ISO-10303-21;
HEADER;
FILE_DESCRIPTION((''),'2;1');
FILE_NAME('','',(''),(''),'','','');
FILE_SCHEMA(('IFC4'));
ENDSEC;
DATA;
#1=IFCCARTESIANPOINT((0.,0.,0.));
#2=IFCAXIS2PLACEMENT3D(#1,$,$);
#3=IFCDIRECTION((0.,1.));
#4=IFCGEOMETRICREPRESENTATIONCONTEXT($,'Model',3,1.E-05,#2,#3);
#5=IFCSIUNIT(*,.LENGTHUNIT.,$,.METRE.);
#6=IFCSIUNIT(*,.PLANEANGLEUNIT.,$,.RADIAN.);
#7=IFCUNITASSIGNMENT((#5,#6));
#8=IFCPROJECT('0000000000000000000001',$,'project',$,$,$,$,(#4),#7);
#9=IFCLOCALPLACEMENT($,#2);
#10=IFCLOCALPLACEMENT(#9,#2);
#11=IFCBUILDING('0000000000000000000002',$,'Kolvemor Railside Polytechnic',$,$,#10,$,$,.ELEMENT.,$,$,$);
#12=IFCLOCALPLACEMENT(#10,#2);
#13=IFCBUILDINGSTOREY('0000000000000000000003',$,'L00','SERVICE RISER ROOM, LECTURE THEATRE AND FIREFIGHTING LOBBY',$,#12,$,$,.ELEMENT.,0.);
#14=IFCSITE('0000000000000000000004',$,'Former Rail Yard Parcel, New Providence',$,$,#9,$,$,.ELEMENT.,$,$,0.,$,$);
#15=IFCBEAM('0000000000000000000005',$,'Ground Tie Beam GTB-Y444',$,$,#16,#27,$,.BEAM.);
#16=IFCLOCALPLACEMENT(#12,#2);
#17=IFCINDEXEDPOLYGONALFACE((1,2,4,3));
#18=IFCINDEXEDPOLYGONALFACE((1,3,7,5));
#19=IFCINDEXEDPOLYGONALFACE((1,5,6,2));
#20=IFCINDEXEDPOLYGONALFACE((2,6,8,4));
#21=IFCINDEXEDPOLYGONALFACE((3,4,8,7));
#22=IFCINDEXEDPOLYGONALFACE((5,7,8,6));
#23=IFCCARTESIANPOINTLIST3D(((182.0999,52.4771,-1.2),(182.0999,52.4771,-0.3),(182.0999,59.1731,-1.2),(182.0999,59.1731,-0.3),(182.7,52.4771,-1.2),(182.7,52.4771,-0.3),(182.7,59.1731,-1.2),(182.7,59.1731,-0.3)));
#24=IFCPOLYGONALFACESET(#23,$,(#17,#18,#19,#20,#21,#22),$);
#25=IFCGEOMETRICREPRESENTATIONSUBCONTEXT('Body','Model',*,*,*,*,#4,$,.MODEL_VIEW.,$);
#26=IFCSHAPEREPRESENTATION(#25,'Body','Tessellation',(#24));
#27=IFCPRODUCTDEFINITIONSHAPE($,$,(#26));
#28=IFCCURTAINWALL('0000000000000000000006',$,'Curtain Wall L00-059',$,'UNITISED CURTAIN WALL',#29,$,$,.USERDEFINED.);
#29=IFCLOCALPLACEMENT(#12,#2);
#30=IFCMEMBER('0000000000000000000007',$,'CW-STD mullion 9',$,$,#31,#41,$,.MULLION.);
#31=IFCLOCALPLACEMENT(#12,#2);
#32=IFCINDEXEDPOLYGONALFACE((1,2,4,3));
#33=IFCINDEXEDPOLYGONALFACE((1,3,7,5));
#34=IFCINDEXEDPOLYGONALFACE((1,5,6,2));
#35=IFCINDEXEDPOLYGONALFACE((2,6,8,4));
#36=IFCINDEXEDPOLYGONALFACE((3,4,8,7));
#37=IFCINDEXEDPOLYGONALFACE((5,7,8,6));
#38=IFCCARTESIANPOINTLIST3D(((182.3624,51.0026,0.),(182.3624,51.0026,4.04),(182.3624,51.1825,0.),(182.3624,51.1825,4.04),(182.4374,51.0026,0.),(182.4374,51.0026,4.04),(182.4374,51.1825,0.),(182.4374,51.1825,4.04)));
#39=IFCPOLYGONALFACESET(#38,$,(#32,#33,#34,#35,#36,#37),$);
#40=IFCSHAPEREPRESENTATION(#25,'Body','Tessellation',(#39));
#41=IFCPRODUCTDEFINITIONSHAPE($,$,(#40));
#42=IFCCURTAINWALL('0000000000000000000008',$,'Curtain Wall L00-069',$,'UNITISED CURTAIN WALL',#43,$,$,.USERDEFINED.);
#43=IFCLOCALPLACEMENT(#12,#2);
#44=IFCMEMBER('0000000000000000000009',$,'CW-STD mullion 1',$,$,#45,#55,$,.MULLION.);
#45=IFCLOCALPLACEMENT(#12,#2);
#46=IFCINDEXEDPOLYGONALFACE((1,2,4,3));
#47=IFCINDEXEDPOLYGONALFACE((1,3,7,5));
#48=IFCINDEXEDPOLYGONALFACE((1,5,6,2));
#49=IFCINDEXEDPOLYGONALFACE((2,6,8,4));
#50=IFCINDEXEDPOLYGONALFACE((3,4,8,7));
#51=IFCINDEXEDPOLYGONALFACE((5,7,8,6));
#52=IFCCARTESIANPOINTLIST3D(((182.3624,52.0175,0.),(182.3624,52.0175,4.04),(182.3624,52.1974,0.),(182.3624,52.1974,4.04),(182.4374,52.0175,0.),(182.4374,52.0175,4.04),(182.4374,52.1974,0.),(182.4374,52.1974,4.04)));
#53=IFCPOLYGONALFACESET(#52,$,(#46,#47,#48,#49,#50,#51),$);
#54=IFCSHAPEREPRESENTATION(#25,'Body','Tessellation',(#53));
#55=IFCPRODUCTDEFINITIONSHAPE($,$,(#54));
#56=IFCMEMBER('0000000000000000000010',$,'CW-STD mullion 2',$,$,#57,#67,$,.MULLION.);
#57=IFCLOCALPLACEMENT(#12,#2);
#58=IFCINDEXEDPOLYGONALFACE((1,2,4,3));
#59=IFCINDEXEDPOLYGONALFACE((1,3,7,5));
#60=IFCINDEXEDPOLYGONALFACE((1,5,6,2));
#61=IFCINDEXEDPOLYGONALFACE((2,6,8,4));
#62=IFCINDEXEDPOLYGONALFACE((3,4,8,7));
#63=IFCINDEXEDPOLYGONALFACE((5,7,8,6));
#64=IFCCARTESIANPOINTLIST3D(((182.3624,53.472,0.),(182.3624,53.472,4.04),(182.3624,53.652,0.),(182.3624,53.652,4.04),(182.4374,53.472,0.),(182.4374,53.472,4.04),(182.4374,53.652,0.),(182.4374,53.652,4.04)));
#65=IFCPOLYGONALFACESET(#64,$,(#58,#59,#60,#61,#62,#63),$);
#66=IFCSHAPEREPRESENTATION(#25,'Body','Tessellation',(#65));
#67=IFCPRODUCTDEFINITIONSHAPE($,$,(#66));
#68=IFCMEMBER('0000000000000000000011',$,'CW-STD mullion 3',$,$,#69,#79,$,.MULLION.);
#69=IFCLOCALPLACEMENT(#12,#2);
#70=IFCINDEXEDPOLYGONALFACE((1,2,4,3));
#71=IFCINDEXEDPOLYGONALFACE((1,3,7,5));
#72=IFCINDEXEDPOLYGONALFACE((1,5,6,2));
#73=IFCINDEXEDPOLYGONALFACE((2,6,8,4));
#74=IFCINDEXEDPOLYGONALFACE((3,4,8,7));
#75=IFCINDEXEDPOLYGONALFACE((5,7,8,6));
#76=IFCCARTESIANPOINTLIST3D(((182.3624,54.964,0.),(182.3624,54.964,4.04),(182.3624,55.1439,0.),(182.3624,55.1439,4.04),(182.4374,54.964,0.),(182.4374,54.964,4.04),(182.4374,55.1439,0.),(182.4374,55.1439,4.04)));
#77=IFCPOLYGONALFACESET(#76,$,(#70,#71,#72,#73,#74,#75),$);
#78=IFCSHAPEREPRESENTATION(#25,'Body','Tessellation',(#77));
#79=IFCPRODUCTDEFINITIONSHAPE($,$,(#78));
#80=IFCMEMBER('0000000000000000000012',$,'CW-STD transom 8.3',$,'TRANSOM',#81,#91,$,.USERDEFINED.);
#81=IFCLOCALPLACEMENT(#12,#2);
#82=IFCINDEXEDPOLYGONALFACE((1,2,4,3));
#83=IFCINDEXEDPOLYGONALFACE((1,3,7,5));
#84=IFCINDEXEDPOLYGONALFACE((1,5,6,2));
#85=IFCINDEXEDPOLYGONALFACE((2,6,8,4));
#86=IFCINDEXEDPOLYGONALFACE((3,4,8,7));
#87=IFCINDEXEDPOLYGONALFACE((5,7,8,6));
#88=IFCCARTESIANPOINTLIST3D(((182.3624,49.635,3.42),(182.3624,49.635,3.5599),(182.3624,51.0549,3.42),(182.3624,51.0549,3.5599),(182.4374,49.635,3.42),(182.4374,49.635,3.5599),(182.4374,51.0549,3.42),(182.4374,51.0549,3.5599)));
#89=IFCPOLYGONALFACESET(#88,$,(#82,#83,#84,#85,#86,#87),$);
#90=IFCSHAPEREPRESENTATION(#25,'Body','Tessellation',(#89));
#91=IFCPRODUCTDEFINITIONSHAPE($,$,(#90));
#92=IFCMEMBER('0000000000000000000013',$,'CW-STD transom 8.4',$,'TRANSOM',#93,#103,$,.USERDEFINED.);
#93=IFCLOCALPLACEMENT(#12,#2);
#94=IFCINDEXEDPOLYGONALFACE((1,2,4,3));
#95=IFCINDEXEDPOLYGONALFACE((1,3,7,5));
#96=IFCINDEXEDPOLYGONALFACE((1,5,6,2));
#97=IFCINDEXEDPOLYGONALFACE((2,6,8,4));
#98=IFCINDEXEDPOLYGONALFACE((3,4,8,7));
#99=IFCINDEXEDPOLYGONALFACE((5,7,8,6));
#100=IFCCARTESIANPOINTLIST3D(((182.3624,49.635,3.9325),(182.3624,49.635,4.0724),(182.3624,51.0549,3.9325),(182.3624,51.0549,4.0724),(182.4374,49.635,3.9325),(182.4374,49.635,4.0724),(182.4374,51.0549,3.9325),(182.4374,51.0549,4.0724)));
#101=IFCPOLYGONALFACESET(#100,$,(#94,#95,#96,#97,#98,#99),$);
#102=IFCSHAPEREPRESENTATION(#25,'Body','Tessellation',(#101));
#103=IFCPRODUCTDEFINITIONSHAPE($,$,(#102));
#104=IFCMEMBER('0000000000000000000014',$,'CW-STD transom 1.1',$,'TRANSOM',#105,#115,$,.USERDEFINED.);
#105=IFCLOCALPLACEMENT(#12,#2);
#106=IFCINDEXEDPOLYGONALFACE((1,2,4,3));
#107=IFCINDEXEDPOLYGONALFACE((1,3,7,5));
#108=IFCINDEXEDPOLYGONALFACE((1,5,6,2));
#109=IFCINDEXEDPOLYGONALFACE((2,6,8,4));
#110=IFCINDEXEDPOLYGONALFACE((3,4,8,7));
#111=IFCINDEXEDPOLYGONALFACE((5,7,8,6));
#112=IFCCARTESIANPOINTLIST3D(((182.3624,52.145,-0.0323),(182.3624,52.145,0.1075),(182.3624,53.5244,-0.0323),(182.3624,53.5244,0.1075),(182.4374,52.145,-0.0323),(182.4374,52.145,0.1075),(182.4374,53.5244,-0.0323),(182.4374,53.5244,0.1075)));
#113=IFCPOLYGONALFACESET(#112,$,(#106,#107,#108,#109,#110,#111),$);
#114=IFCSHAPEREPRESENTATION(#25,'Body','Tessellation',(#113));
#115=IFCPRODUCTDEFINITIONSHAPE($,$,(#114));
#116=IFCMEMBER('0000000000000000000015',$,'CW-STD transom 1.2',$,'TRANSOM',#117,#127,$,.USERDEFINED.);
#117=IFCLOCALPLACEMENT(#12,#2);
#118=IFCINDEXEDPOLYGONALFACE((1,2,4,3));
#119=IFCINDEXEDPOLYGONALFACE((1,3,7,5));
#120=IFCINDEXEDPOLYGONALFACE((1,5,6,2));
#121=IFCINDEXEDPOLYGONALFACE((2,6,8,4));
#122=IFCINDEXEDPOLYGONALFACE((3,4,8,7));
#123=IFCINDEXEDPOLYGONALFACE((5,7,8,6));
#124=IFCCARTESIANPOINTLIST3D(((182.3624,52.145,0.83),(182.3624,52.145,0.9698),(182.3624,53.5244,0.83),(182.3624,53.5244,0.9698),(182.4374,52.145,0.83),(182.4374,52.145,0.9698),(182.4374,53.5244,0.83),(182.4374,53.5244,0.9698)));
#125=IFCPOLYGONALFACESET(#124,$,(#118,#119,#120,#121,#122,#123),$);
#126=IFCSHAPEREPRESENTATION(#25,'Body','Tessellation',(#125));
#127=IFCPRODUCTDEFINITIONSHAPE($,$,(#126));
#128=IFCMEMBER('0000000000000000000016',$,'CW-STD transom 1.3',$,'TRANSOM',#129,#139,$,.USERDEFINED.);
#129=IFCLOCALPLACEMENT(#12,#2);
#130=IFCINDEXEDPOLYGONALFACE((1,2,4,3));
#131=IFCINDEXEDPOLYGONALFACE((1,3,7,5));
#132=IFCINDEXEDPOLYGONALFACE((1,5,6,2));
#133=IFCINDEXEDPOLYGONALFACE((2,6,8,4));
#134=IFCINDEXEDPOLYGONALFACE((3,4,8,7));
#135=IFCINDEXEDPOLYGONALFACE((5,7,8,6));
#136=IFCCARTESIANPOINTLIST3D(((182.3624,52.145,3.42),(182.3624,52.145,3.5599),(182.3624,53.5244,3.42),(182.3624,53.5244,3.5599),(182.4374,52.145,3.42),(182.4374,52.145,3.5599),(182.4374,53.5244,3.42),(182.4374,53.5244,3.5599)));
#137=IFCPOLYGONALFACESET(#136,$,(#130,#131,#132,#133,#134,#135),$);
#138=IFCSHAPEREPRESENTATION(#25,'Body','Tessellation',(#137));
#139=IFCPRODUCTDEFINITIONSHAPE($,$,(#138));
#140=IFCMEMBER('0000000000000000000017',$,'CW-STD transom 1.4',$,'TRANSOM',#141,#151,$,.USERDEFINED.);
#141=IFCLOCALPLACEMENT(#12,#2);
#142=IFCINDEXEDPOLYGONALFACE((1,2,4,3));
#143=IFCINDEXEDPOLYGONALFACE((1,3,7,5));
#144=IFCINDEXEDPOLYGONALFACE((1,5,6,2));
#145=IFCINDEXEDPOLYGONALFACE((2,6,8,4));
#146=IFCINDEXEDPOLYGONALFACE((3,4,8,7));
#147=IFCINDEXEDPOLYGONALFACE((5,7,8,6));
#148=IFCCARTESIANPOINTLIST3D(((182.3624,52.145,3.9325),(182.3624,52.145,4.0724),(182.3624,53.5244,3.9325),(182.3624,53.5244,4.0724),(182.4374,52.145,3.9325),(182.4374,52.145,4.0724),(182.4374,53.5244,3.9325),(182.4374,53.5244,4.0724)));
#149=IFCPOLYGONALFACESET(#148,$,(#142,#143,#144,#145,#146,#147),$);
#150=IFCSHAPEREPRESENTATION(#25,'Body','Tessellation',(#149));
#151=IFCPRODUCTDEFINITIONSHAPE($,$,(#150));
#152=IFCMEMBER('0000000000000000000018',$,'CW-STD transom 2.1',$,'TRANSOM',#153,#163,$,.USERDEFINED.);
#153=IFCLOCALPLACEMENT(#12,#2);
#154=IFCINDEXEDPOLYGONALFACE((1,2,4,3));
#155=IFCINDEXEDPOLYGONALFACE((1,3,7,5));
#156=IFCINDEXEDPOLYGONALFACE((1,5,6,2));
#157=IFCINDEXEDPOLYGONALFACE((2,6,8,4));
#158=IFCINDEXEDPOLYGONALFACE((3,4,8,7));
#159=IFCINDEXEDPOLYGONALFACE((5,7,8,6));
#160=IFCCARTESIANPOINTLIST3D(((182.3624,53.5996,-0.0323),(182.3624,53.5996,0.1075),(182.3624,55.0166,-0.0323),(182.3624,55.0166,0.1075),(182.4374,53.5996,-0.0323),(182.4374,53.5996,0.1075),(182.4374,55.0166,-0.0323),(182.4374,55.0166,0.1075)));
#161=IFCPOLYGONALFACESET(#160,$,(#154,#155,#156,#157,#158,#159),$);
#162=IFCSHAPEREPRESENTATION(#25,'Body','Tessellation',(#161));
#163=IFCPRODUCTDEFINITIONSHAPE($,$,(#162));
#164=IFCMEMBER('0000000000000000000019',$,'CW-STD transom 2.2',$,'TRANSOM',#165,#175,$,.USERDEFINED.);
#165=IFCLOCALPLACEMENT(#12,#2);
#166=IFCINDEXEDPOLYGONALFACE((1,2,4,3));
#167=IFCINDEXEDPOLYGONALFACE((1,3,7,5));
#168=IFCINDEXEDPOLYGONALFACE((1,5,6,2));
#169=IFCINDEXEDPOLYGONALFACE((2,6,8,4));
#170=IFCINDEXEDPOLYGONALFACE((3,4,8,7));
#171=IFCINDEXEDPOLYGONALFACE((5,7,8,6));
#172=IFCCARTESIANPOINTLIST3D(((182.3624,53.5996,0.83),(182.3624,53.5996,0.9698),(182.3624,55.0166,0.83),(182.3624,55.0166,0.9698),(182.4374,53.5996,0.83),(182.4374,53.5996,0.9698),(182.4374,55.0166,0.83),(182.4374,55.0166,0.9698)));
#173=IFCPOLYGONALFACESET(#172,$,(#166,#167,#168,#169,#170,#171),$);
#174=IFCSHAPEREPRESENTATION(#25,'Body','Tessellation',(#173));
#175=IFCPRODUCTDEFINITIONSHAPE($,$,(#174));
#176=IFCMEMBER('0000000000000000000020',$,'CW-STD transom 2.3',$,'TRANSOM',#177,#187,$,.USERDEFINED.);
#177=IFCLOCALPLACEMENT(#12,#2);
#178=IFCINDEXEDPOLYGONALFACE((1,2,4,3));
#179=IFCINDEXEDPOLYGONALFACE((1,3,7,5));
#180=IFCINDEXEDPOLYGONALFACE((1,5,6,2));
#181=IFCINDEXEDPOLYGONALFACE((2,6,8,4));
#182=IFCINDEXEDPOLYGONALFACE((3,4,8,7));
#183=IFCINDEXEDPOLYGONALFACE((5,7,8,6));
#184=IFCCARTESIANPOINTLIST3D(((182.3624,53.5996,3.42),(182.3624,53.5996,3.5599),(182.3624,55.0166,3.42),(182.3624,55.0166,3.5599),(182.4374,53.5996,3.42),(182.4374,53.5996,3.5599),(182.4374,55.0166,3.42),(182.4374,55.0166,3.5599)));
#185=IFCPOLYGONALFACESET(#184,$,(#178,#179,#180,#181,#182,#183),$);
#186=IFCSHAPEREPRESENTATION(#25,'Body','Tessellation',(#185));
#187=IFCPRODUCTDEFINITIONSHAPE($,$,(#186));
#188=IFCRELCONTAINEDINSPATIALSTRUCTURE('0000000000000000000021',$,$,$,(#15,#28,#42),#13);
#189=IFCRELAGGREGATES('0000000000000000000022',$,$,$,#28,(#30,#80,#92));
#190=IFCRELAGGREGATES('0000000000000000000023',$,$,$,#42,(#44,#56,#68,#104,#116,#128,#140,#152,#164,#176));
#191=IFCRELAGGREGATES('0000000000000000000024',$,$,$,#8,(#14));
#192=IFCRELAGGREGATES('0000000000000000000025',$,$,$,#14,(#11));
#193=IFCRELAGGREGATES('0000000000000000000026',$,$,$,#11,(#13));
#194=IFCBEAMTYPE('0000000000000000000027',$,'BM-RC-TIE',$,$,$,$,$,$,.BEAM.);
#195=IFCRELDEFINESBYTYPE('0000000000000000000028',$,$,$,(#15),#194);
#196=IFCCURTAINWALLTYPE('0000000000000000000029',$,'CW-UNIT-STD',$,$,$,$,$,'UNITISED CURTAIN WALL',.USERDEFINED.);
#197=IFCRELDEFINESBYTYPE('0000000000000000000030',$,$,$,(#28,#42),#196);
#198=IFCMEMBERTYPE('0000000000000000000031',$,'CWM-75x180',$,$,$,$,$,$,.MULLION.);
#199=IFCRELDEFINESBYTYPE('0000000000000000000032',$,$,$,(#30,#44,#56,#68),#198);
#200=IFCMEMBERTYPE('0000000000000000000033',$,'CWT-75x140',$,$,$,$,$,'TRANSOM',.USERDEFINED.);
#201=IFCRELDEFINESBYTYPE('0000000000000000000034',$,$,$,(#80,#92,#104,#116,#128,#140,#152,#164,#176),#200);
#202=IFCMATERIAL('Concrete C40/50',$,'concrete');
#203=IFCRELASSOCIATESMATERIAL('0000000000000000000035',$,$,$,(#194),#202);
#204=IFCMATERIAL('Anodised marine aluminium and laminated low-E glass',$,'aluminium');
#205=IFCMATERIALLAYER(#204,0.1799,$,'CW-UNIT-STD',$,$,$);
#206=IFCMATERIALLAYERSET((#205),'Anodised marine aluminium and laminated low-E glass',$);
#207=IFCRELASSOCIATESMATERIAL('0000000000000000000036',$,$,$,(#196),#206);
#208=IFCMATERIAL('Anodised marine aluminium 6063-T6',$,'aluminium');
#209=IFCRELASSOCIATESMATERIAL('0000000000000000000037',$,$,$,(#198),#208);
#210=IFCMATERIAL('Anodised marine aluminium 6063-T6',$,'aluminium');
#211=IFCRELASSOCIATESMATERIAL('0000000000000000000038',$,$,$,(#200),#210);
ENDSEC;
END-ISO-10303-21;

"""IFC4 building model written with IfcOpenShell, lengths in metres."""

from ifc_helpers import new_model, si_unit, direction, frame, origin, origin_2d, place, context, subcontext, project, spatial, rectangle, extrude, material, layer, layer_set, material_profile, profile_set, type_object, element, aggregate, save


model = new_model("IFC4")

# Units and contexts
model_context = context("Model", 3, precision=1e-05, world=origin(), true_north=direction((0.0, 1.0)))
body_context = subcontext(model_context, "Body", "Model", "MODEL_VIEW")
ifc_project = project(units=[si_unit("LENGTHUNIT", "METRE"), si_unit("PLANEANGLEUNIT", "RADIAN")], contexts=[model_context])

# Site, building, storey
site_placement = place(None, origin())
site = spatial("IfcSite", under=ifc_project, at=site_placement, Name="Former Rail Yard Parcel, New Providence", CompositionType="ELEMENT", RefElevation=0.0)
building_placement = place(site_placement, origin())
building = spatial("IfcBuilding", under=site, at=building_placement, Name="Kolvemor Railside Polytechnic", CompositionType="ELEMENT")
storey_placement = place(building_placement, origin())
storey = spatial("IfcBuildingStorey", under=building, at=storey_placement, Name="L00", Description="SERVICE RISER ROOM, LECTURE THEATRE AND FIREFIGHTING LOBBY", CompositionType="ELEMENT", Elevation=0.0)

# Beam
ifc_material_1 = material(Name="Concrete C40/50", Category="concrete")
ifc_material_profile_1 = material_profile(ifc_material_1, rectangle(XDim=0.6001, YDim=0.8999, at=origin_2d()), Name="RC600x900")
ifc_profile_set_1 = profile_set([ifc_material_profile_1], Name="Concrete C40/50")
beam_type_1 = type_object("IfcBeamType", Name="BM-RC-TIE", PredefinedType="BEAM", material=ifc_profile_set_1)
beam_1_placement = place(storey_placement, frame((182.3999, 52.4771, -0.75), z_axis=(0.0, 1.0, 0.0), x_axis=(-1.0, 0.0, 0.0)))
element("IfcBeam", 1, at=beam_1_placement, inside=storey, type_object=beam_type_1, Name="Ground Tie Beam GTB-Y444", PredefinedType="BEAM", context=body_context, shape_type="SweptSolid", body=[
    extrude(rectangle(XDim=0.6001, YDim=0.8999, at=origin_2d()), origin(), (0.0, 0.0, 1.0), 6.696),
])

# Curtain wall, member
ifc_material_2 = material(Name="Anodised marine aluminium and laminated low-E glass", Category="aluminium")
ifc_layer_1 = layer(ifc_material_2, 0.1799, Name="CW-UNIT-STD")
ifc_layer_set_1 = layer_set([ifc_layer_1], Name="Anodised marine aluminium and laminated low-E glass")
curtain_wall_type = type_object("IfcCurtainWallType", Name="CW-UNIT-STD", ElementType="UNITISED CURTAIN WALL", PredefinedType="USERDEFINED", material=ifc_layer_set_1)
curtain_wall_1_placement = place(storey_placement, origin())
curtain_wall_1 = element("IfcCurtainWall", 2, at=curtain_wall_1_placement, inside=storey, type_object=curtain_wall_type, Name="Curtain Wall L00-059", ObjectType="UNITISED CURTAIN WALL", PredefinedType="USERDEFINED")
ifc_material_3 = material(Name="Anodised marine aluminium 6063-T6", Category="aluminium")
ifc_material_profile_2 = material_profile(ifc_material_3, rectangle(XDim=0.075, YDim=0.1799, at=origin_2d()), Name="CW-MUL-75x180")
ifc_profile_set_2 = profile_set([ifc_material_profile_2], Name="Anodised marine aluminium 6063-T6")
member_type_1 = type_object("IfcMemberType", Name="CWM-75x180", PredefinedType="MULLION", material=ifc_profile_set_2)
member_1_placement = place(storey_placement, frame((182.3999, 51.0925, 0.0), z_axis=(0.0, 0.0, 1.0), x_axis=(-1.0, 0.0, 0.0)))
member_1 = element("IfcMember", 3, at=member_1_placement, type_object=member_type_1, Name="CW-STD mullion 9", PredefinedType="MULLION", context=body_context, shape_type="SweptSolid", body=[
    extrude(rectangle(XDim=0.075, YDim=0.1799, at=origin_2d()), origin(), (0.0, 0.0, 1.0), 4.04),
])

# Curtain wall, members
curtain_wall_2_placement = place(storey_placement, origin())
curtain_wall_2 = element("IfcCurtainWall", 4, at=curtain_wall_2_placement, inside=storey, type_object=curtain_wall_type, Name="Curtain Wall L00-069", ObjectType="UNITISED CURTAIN WALL", PredefinedType="USERDEFINED")
member_2_placement = place(storey_placement, frame((182.3999, 52.1074, 0.0), z_axis=(0.0, 0.0, 1.0), x_axis=(-1.0, 0.0, 0.0)))
member_2 = element("IfcMember", 5, at=member_2_placement, type_object=member_type_1, Name="CW-STD mullion 1", PredefinedType="MULLION", context=body_context, shape_type="SweptSolid", body=[
    extrude(rectangle(XDim=0.075, YDim=0.1799, at=origin_2d()), origin(), (0.0, 0.0, 1.0), 4.04),
])
member_3_placement = place(storey_placement, frame((182.3999, 53.562, 0.0), z_axis=(0.0, 0.0, 1.0), x_axis=(-1.0, 0.0, 0.0)))
member_3 = element("IfcMember", 6, at=member_3_placement, type_object=member_type_1, Name="CW-STD mullion 2", PredefinedType="MULLION", context=body_context, shape_type="SweptSolid", body=[
    extrude(rectangle(XDim=0.075, YDim=0.1799, at=origin_2d()), origin(), (0.0, 0.0, 1.0), 4.04),
])
member_4_placement = place(storey_placement, frame((182.3999, 55.054, 0.0), z_axis=(0.0, 0.0, 1.0), x_axis=(-1.0, 0.0, 0.0)))
member_4 = element("IfcMember", 7, at=member_4_placement, type_object=member_type_1, Name="CW-STD mullion 3", PredefinedType="MULLION", context=body_context, shape_type="SweptSolid", body=[
    extrude(rectangle(XDim=0.075, YDim=0.1799, at=origin_2d()), origin(), (0.0, 0.0, 1.0), 4.04),
])

# Members
ifc_material_4 = material(Name="Anodised marine aluminium 6063-T6", Category="aluminium")
ifc_material_profile_3 = material_profile(ifc_material_4, rectangle(XDim=0.075, YDim=0.1399, at=origin_2d()), Name="CW-TRN-75x140")
ifc_profile_set_3 = profile_set([ifc_material_profile_3], Name="Anodised marine aluminium 6063-T6")
member_type_2 = type_object("IfcMemberType", Name="CWT-75x140", ElementType="TRANSOM", PredefinedType="USERDEFINED", material=ifc_profile_set_3)
member_5_placement = place(storey_placement, frame((182.3999, 49.635, 3.49), z_axis=(0.0, 1.0, 0.0), x_axis=(-1.0, 0.0, 0.0)))
member_5 = element("IfcMember", 8, at=member_5_placement, type_object=member_type_2, Name="CW-STD transom 8.3", ObjectType="TRANSOM", PredefinedType="USERDEFINED", context=body_context, shape_type="SweptSolid", body=[
    extrude(rectangle(XDim=0.075, YDim=0.1399, at=origin_2d()), origin(), (0.0, 0.0, 1.0), 1.4199),
])
member_6_placement = place(storey_placement, frame((182.3999, 49.635, 4.0024), z_axis=(0.0, 1.0, 0.0), x_axis=(-1.0, 0.0, 0.0)))
member_6 = element("IfcMember", 9, at=member_6_placement, type_object=member_type_2, Name="CW-STD transom 8.4", ObjectType="TRANSOM", PredefinedType="USERDEFINED", context=body_context, shape_type="SweptSolid", body=[
    extrude(rectangle(XDim=0.075, YDim=0.1399, at=origin_2d()), origin(), (0.0, 0.0, 1.0), 1.4199),
])
member_7_placement = place(storey_placement, frame((182.3999, 52.145, 0.0376), z_axis=(0.0, 1.0, 0.0), x_axis=(-1.0, 0.0, 0.0)))
member_7 = element("IfcMember", 10, at=member_7_placement, type_object=member_type_2, Name="CW-STD transom 1.1", ObjectType="TRANSOM", PredefinedType="USERDEFINED", context=body_context, shape_type="SweptSolid", body=[
    extrude(rectangle(XDim=0.075, YDim=0.1399, at=origin_2d()), origin(), (0.0, 0.0, 1.0), 1.3794),
])
member_8_placement = place(storey_placement, frame((182.3999, 52.145, 0.8999), z_axis=(0.0, 1.0, 0.0), x_axis=(-1.0, 0.0, 0.0)))
member_8 = element("IfcMember", 11, at=member_8_placement, type_object=member_type_2, Name="CW-STD transom 1.2", ObjectType="TRANSOM", PredefinedType="USERDEFINED", context=body_context, shape_type="SweptSolid", body=[
    extrude(rectangle(XDim=0.075, YDim=0.1399, at=origin_2d()), origin(), (0.0, 0.0, 1.0), 1.3794),
])
member_9_placement = place(storey_placement, frame((182.3999, 52.145, 3.49), z_axis=(0.0, 1.0, 0.0), x_axis=(-1.0, 0.0, 0.0)))
member_9 = element("IfcMember", 12, at=member_9_placement, type_object=member_type_2, Name="CW-STD transom 1.3", ObjectType="TRANSOM", PredefinedType="USERDEFINED", context=body_context, shape_type="SweptSolid", body=[
    extrude(rectangle(XDim=0.075, YDim=0.1399, at=origin_2d()), origin(), (0.0, 0.0, 1.0), 1.3794),
])
member_10_placement = place(storey_placement, frame((182.3999, 52.145, 4.0024), z_axis=(0.0, 1.0, 0.0), x_axis=(-1.0, 0.0, 0.0)))
member_10 = element("IfcMember", 13, at=member_10_placement, type_object=member_type_2, Name="CW-STD transom 1.4", ObjectType="TRANSOM", PredefinedType="USERDEFINED", context=body_context, shape_type="SweptSolid", body=[
    extrude(rectangle(XDim=0.075, YDim=0.1399, at=origin_2d()), origin(), (0.0, 0.0, 1.0), 1.3794),
])
member_11_placement = place(storey_placement, frame((182.3999, 53.5996, 0.0376), z_axis=(0.0, 1.0, 0.0), x_axis=(-1.0, 0.0, 0.0)))
member_11 = element("IfcMember", 14, at=member_11_placement, type_object=member_type_2, Name="CW-STD transom 2.1", ObjectType="TRANSOM", PredefinedType="USERDEFINED", context=body_context, shape_type="SweptSolid", body=[
    extrude(rectangle(XDim=0.075, YDim=0.1399, at=origin_2d()), origin(), (0.0, 0.0, 1.0), 1.417),
])
member_12_placement = place(storey_placement, frame((182.3999, 53.5996, 0.8999), z_axis=(0.0, 1.0, 0.0), x_axis=(-1.0, 0.0, 0.0)))
member_12 = element("IfcMember", 15, at=member_12_placement, type_object=member_type_2, Name="CW-STD transom 2.2", ObjectType="TRANSOM", PredefinedType="USERDEFINED", context=body_context, shape_type="SweptSolid", body=[
    extrude(rectangle(XDim=0.075, YDim=0.1399, at=origin_2d()), origin(), (0.0, 0.0, 1.0), 1.417),
])
member_13_placement = place(storey_placement, frame((182.3999, 53.5996, 3.49), z_axis=(0.0, 1.0, 0.0), x_axis=(-1.0, 0.0, 0.0)))
member_13 = element("IfcMember", 16, at=member_13_placement, type_object=member_type_2, Name="CW-STD transom 2.3", ObjectType="TRANSOM", PredefinedType="USERDEFINED", context=body_context, shape_type="SweptSolid", body=[
    extrude(rectangle(XDim=0.075, YDim=0.1399, at=origin_2d()), origin(), (0.0, 0.0, 1.0), 1.417),
])

aggregate(curtain_wall_1, [member_1, member_5, member_6])
aggregate(curtain_wall_2, [member_2, member_3, member_4, member_7, member_8, member_9, member_10, member_11, member_12, member_13])

save(model, "model.ifc")
